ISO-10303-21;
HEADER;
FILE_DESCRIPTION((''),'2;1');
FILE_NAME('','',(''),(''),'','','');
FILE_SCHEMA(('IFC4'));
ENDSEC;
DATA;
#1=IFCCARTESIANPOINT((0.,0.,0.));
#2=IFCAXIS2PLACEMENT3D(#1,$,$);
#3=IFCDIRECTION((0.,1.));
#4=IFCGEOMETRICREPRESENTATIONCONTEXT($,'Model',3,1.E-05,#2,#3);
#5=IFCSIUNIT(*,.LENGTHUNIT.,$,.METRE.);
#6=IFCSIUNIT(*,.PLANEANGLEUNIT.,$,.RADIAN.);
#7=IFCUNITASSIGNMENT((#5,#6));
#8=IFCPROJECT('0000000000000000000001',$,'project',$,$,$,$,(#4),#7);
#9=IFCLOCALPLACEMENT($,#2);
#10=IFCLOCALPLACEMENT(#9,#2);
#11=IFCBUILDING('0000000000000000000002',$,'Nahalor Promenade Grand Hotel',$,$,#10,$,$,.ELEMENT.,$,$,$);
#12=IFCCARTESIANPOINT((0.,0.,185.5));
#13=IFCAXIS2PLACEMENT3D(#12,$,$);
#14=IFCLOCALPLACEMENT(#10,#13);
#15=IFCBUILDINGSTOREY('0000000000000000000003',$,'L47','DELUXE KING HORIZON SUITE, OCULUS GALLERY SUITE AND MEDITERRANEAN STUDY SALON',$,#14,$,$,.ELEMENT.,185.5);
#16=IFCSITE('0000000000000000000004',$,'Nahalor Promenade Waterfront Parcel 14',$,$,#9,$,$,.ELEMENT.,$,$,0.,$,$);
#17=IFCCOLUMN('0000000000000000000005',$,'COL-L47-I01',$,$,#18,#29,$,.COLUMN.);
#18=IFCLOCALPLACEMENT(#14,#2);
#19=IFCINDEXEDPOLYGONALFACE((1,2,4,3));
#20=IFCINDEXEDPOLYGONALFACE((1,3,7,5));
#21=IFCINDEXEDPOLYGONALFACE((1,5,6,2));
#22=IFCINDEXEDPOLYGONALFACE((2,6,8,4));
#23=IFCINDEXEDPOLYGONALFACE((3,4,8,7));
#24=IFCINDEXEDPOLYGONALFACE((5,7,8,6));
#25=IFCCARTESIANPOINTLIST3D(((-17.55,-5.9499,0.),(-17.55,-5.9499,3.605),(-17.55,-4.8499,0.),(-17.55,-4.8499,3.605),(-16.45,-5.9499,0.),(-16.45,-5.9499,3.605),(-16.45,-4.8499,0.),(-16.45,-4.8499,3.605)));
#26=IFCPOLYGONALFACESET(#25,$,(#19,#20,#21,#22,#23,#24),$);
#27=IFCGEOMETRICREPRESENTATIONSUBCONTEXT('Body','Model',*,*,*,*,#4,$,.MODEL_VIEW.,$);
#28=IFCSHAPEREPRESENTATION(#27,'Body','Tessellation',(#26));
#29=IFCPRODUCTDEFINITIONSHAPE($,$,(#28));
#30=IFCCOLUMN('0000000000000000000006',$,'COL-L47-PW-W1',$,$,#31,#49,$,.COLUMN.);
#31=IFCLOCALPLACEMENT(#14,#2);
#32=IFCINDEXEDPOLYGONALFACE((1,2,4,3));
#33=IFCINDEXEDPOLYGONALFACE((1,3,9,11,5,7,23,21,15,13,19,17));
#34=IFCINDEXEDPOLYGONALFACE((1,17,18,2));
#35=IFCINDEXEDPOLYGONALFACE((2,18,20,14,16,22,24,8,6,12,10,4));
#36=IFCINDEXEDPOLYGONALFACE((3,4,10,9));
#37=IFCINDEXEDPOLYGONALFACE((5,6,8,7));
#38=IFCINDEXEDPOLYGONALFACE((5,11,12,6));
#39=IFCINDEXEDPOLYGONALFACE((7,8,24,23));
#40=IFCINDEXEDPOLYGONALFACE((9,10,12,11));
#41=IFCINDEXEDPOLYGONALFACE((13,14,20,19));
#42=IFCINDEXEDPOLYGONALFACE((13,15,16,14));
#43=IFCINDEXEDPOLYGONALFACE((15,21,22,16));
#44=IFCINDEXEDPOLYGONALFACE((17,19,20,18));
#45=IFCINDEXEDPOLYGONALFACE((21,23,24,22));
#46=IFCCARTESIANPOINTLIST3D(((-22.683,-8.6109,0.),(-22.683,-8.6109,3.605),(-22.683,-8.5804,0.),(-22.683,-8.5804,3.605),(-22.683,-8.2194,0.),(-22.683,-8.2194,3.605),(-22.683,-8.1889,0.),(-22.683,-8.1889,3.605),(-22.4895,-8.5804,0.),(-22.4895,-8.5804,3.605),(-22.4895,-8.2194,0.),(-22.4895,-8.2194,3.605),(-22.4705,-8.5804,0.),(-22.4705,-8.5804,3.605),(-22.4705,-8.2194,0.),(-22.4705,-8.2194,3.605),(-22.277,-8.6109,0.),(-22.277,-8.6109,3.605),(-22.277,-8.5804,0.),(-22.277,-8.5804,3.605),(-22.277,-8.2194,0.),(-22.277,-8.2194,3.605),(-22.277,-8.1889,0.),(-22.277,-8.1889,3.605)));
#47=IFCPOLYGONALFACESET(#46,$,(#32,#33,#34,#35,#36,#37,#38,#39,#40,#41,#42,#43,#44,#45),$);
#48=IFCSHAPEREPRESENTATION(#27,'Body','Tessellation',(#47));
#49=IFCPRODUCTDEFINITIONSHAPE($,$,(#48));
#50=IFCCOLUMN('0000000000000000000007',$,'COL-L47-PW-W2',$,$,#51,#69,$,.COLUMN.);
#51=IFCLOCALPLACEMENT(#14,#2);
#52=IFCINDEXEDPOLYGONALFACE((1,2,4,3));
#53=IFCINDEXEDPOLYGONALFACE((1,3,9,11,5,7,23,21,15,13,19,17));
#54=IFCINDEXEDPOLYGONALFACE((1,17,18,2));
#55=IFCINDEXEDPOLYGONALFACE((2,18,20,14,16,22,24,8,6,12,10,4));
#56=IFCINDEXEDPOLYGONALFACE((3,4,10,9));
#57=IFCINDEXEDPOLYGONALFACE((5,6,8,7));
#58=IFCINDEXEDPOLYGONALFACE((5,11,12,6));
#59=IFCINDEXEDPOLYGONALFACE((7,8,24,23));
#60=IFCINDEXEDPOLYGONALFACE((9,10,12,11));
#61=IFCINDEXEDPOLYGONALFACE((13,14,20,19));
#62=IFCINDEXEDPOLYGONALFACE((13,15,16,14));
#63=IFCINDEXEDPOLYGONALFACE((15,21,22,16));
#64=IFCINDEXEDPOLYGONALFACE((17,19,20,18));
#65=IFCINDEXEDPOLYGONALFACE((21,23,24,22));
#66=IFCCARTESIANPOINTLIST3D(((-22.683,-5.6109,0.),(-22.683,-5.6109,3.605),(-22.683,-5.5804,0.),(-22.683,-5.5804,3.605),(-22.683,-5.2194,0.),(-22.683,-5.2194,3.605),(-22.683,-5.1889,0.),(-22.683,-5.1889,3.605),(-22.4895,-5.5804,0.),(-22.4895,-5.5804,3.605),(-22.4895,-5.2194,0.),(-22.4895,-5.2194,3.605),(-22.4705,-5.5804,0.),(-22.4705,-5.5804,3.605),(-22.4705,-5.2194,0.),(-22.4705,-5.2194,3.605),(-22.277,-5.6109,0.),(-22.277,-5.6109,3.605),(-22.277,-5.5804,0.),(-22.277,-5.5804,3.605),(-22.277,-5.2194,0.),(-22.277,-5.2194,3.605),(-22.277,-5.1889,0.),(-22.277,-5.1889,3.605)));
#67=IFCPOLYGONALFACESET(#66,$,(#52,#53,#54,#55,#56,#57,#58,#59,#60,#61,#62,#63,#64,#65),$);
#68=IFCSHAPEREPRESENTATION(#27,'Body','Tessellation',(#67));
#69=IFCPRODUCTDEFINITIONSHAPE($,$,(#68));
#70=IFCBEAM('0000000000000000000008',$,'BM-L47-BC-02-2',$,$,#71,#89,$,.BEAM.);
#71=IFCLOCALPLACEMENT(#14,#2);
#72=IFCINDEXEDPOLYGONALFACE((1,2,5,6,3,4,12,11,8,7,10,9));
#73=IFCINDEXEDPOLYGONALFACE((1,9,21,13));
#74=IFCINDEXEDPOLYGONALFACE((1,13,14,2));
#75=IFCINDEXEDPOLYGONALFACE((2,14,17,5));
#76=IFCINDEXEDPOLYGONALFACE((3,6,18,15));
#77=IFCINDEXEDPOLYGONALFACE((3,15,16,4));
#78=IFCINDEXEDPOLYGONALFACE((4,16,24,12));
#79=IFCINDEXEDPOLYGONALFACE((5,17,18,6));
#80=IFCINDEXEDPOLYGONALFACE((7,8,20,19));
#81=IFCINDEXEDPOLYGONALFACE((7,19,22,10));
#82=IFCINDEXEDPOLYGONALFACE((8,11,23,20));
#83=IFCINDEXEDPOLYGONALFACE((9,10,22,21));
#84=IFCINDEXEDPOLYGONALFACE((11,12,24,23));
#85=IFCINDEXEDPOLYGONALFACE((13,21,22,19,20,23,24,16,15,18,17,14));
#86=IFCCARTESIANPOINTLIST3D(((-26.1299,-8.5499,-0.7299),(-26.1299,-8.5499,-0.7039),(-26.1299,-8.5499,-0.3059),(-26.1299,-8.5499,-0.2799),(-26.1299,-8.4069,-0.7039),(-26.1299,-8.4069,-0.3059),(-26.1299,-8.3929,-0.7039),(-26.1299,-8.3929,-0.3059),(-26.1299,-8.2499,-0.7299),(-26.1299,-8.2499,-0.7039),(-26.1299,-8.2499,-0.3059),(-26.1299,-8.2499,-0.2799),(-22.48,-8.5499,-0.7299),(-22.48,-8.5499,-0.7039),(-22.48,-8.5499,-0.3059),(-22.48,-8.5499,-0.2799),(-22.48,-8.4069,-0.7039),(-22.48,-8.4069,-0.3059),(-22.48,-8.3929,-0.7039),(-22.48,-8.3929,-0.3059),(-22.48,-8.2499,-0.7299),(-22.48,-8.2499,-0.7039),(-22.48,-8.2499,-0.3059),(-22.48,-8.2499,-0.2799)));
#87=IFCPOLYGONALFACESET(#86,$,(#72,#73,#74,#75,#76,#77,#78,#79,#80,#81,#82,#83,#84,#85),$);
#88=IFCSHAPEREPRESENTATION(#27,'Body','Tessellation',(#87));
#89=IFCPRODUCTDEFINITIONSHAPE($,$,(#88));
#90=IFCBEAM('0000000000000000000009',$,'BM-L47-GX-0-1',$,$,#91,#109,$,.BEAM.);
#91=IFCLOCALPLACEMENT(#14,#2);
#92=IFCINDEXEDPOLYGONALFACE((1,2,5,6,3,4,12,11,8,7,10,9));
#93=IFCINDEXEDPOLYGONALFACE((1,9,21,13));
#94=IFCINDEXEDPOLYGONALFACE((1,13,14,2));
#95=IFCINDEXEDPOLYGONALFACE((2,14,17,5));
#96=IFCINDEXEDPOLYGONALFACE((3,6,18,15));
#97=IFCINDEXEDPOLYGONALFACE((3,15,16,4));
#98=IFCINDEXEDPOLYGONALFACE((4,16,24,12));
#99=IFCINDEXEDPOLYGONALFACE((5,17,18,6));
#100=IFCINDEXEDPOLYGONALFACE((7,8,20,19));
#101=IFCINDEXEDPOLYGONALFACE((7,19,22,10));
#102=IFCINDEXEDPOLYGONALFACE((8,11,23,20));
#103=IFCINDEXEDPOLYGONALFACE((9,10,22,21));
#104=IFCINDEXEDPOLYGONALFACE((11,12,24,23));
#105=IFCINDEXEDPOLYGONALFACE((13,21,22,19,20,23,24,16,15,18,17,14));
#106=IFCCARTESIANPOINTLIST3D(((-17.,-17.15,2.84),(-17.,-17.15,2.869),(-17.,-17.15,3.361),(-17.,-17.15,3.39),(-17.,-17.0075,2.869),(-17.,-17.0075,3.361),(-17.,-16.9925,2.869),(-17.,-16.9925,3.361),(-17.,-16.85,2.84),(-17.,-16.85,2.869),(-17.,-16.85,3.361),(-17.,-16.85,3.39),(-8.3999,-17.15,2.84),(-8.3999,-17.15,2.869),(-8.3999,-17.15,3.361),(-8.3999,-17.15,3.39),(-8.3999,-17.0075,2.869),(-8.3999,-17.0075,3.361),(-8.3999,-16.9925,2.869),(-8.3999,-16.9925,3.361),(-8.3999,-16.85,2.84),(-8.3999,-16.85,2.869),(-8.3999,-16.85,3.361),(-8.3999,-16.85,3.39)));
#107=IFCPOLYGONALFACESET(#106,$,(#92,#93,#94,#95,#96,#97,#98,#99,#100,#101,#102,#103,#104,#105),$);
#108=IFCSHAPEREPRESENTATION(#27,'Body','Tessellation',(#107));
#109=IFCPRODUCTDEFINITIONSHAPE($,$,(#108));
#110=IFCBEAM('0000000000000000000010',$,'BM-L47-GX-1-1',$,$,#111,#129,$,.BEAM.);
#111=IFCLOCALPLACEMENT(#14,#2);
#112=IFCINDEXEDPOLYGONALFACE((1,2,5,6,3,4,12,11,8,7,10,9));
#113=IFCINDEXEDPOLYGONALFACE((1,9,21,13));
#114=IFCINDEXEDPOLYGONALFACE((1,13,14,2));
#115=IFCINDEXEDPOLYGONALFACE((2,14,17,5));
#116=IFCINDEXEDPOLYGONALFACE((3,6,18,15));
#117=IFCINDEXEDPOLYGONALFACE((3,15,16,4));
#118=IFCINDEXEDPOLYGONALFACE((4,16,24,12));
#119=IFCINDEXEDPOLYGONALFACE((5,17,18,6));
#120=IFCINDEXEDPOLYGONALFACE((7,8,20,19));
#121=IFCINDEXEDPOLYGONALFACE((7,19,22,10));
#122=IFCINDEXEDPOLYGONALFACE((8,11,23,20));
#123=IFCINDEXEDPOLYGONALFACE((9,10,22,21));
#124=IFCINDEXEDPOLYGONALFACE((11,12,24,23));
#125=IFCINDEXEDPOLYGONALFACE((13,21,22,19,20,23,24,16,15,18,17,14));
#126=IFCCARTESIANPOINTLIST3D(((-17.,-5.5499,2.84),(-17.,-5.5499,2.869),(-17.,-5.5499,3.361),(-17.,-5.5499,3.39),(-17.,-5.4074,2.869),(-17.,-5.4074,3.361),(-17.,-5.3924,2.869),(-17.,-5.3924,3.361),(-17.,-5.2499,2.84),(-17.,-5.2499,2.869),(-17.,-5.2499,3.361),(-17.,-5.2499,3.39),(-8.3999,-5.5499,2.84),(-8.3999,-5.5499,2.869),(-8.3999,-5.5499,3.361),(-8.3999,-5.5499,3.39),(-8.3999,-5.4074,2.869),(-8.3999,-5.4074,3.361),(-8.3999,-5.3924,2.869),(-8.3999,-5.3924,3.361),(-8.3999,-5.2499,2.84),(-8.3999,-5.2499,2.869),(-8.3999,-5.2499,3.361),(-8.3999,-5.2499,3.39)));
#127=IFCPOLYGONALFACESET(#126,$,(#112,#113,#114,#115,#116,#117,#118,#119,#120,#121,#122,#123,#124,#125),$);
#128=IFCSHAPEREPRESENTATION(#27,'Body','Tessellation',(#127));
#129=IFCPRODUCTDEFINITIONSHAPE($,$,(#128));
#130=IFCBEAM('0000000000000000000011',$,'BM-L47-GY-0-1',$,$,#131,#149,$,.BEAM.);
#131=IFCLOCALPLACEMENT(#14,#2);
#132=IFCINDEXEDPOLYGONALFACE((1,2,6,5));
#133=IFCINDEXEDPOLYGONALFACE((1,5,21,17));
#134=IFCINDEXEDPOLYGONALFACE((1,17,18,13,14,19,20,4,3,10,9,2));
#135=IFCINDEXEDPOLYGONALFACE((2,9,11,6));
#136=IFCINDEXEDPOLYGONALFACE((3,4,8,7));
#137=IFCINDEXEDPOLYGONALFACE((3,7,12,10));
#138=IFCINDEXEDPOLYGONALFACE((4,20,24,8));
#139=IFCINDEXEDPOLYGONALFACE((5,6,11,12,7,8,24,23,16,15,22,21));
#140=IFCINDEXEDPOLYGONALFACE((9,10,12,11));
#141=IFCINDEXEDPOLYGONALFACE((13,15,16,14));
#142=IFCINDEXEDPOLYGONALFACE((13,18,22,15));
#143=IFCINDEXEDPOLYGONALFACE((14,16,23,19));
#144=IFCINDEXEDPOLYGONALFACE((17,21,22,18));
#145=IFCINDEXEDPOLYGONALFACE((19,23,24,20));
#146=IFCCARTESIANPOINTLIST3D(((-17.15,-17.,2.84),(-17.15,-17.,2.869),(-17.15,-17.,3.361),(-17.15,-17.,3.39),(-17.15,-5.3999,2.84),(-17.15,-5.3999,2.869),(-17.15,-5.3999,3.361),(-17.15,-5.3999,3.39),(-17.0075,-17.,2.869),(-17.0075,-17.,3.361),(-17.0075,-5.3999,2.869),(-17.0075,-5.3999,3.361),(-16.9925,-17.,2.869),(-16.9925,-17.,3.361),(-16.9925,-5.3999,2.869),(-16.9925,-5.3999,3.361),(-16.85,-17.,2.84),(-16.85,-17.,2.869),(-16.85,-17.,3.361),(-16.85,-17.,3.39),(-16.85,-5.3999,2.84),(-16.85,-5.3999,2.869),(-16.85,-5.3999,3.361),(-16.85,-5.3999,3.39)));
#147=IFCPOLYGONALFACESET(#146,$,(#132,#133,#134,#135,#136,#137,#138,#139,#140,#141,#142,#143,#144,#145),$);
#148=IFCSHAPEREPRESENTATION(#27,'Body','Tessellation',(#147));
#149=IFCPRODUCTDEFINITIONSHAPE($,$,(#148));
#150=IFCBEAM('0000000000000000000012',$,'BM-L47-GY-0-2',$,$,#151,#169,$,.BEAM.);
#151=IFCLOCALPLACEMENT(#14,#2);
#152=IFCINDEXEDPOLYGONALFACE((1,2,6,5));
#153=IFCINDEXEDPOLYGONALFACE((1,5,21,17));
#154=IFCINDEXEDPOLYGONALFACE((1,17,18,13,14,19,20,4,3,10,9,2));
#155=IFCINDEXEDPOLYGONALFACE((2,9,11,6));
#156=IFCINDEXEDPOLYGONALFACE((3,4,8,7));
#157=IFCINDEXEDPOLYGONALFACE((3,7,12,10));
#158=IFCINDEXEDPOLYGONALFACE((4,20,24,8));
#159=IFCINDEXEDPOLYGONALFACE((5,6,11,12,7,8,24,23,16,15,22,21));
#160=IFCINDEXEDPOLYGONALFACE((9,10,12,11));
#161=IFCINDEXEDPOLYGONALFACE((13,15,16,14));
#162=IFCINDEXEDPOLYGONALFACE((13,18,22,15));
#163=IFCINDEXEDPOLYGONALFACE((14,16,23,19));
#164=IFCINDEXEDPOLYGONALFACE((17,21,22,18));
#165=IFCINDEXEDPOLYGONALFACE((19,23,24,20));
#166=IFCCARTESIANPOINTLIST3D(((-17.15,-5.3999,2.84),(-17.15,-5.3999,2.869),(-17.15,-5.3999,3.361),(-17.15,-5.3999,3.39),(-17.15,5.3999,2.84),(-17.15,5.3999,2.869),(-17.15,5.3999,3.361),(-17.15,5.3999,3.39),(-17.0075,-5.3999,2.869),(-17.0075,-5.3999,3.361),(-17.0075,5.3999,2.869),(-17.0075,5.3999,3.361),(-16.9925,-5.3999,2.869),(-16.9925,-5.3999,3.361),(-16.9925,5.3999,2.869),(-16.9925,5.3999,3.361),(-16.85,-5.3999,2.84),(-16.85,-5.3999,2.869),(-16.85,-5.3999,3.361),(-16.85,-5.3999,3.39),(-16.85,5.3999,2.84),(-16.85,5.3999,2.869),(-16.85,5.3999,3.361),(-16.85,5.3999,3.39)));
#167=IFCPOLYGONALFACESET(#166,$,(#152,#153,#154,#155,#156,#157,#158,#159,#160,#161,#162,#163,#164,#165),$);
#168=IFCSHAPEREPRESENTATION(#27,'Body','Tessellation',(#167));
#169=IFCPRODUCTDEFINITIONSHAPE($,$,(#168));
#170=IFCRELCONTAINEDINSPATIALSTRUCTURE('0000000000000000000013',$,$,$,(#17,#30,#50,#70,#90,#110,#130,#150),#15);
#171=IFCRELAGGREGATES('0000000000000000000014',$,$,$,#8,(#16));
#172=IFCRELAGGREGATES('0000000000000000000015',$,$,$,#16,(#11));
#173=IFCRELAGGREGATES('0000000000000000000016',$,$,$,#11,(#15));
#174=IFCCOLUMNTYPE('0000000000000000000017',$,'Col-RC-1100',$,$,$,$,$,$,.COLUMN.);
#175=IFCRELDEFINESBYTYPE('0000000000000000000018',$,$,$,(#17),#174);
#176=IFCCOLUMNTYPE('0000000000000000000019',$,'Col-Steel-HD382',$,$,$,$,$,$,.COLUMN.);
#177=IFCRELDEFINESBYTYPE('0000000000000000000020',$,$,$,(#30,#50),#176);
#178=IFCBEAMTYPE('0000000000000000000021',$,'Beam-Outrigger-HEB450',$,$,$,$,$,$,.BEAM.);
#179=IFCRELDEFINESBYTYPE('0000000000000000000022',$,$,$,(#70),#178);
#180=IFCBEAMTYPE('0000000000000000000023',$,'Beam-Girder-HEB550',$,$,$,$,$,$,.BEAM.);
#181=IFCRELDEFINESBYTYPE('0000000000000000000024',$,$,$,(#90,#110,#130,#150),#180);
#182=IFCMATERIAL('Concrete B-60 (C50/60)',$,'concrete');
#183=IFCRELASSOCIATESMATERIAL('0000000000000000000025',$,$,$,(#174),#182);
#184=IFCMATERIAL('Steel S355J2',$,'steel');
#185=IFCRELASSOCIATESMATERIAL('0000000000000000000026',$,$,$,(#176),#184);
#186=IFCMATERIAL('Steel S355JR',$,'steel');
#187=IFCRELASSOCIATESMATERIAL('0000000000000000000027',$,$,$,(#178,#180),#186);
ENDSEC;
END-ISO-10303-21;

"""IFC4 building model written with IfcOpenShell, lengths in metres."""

from ifc_helpers import new_model, si_unit, direction, frame, origin, origin_2d, place, context, subcontext, project, spatial, rectangle, i_section, extrude, source, transform, mapped, material, material_profile, profile_set, type_object, element, save


model = new_model("IFC4")

# Units and contexts
model_context = context("Model", 3, precision=1e-05, world=origin(), true_north=direction((0.0, 1.0)))
body_context = subcontext(model_context, "Body", "Model", "MODEL_VIEW")
ifc_project = project(units=[si_unit("LENGTHUNIT", "METRE"), si_unit("PLANEANGLEUNIT", "RADIAN")], contexts=[model_context])

# Site, building, storey
site_placement = place(None, origin())
site = spatial("IfcSite", under=ifc_project, at=site_placement, Name="Nahalor Promenade Waterfront Parcel 14", CompositionType="ELEMENT", RefElevation=0.0)
building_placement = place(site_placement, origin())
building = spatial("IfcBuilding", under=site, at=building_placement, Name="Nahalor Promenade Grand Hotel", CompositionType="ELEMENT")
storey_placement = place(building_placement, frame((0.0, 0.0, 185.5)))
storey = spatial("IfcBuildingStorey", under=building, at=storey_placement, Name="L47", Description="DELUXE KING HORIZON SUITE, OCULUS GALLERY SUITE AND MEDITERRANEAN STUDY SALON", CompositionType="ELEMENT", Elevation=185.5)

# Columns
ifc_material_1 = material(Name="Concrete B-60 (C50/60)", Category="concrete")
ifc_material_profile_1 = material_profile(ifc_material_1, rectangle(XDim=1.1, YDim=1.1, at=origin_2d()), Name="RC 1100x1100")
ifc_profile_set_1 = profile_set([ifc_material_profile_1], Name="Concrete B-60 (C50/60)")
column_type_1 = type_object("IfcColumnType", Name="Col-RC-1100", PredefinedType="COLUMN", material=ifc_profile_set_1)
shared_shape_1 = source(origin(), body_context, "Body", "SweptSolid", [
    extrude(rectangle(XDim=1.1, YDim=1.1, at=origin_2d()), origin(), (0.0, 0.0, 1.0), 3.605),
])
column_placement = place(storey_placement, frame((-17.0, -5.3999, 0.0), z_axis=(0.0, 0.0, 1.0), x_axis=(1.0, 0.0, 0.0)))
element("IfcColumn", 1, at=column_placement, inside=storey, type_object=column_type_1, Name="COL-L47-I01", PredefinedType="COLUMN", context=body_context, shape_type="MappedRepresentation", body=[
    mapped(shared_shape_1, transform((0.0, 0.0, 0.0), scale=1.0)),
])
ifc_material_2 = material(Name="Steel S355J2", Category="steel")
ifc_material_profile_2 = material_profile(ifc_material_2, i_section(OverallWidth=0.406, OverallDepth=0.422, WebThickness=0.019, FlangeThickness=0.0305, at=origin_2d()), Name="HD 400x382")
ifc_profile_set_2 = profile_set([ifc_material_profile_2], Name="Steel S355J2")
column_type_2 = type_object("IfcColumnType", Name="Col-Steel-HD382", PredefinedType="COLUMN", material=ifc_profile_set_2)
shared_shape_2 = source(origin(), body_context, "Body", "SweptSolid", [
    extrude(i_section(OverallWidth=0.406, OverallDepth=0.422, WebThickness=0.019, FlangeThickness=0.0305, at=origin_2d()), origin(), (0.0, 0.0, 1.0), 3.605),
])
for number, where, z_axis, x_axis, name in (
    (2, (-22.48, -8.3999, 0.0), (0.0, 0.0, 1.0), (1.0, 0.0, 0.0), "COL-L47-PW-W1"),
    (3, (-22.48, -5.3999, 0.0), (0.0, 0.0, 1.0), (1.0, 0.0, 0.0), "COL-L47-PW-W2"),
):
    element("IfcColumn", number, at=place(storey_placement, frame(where, z_axis=z_axis, x_axis=x_axis)), inside=storey, type_object=column_type_2, Name=name, PredefinedType="COLUMN", context=body_context, shape_type="MappedRepresentation", body=[
        mapped(shared_shape_2, transform((0.0, 0.0, 0.0), scale=1.0)),
    ])

# Beams
ifc_material_3 = material(Name="Steel S355JR", Category="steel")
ifc_material_profile_3 = material_profile(ifc_material_3, i_section(OverallWidth=0.3, OverallDepth=0.45, WebThickness=0.014, FlangeThickness=0.026, at=origin_2d()), Name="HEB 450")
ifc_profile_set_3 = profile_set([ifc_material_profile_3], Name="Steel S355JR")
beam_type_1 = type_object("IfcBeamType", Name="Beam-Outrigger-HEB450", PredefinedType="BEAM", material=ifc_profile_set_3)
shared_shape_3 = source(origin(), body_context, "Body", "SweptSolid", [
    extrude(i_section(OverallWidth=0.3, OverallDepth=0.45, WebThickness=0.014, FlangeThickness=0.026, at=origin_2d()), origin(), (0.0, 0.0, 1.0), 3.6499),
])
beam_1_placement = place(storey_placement, frame((-26.1299, -8.3999, -0.5049), z_axis=(1.0, 0.0, 0.0), x_axis=(0.0, 1.0, 0.0)))
element("IfcBeam", 4, at=beam_1_placement, inside=storey, type_object=beam_type_1, Name="BM-L47-BC-02-2", PredefinedType="BEAM", context=body_context, shape_type="MappedRepresentation", body=[
    mapped(shared_shape_3, transform((0.0, 0.0, 0.0), scale=1.0)),
])
ifc_material_profile_4 = material_profile(ifc_material_3, i_section(OverallWidth=0.3, OverallDepth=0.55, WebThickness=0.015, FlangeThickness=0.029, at=origin_2d()), Name="HEB 550")
ifc_profile_set_4 = profile_set([ifc_material_profile_4], Name="Steel S355JR")
beam_type_2 = type_object("IfcBeamType", Name="Beam-Girder-HEB550", PredefinedType="BEAM", material=ifc_profile_set_4)
shared_shape_4 = source(origin(), body_context, "Body", "SweptSolid", [
    extrude(i_section(OverallWidth=0.3, OverallDepth=0.55, WebThickness=0.015, FlangeThickness=0.029, at=origin_2d()), origin(), (0.0, 0.0, 1.0), 8.6001),
])
for number, where, z_axis, x_axis, name in (
    (5, (-17.0, -17.0, 3.115), (1.0, 0.0, 0.0), (0.0, 1.0, 0.0), "BM-L47-GX-0-1"),
    (6, (-17.0, -5.3999, 3.115), (1.0, 0.0, 0.0), (0.0, 1.0, 0.0), "BM-L47-GX-1-1"),
):
    element("IfcBeam", number, at=place(storey_placement, frame(where, z_axis=z_axis, x_axis=x_axis)), inside=storey, type_object=beam_type_2, Name=name, PredefinedType="BEAM", context=body_context, shape_type="MappedRepresentation", body=[
        mapped(shared_shape_4, transform((0.0, 0.0, 0.0), scale=1.0)),
    ])
shared_shape_5 = source(origin(), body_context, "Body", "SweptSolid", [
    extrude(i_section(OverallWidth=0.3, OverallDepth=0.55, WebThickness=0.015, FlangeThickness=0.029, at=origin_2d()), origin(), (0.0, 0.0, 1.0), 11.6001),
])
beam_2_placement = place(storey_placement, frame((-17.0, -17.0, 3.115), z_axis=(0.0, 1.0, 0.0), x_axis=(-1.0, 0.0, 0.0)))
element("IfcBeam", 7, at=beam_2_placement, inside=storey, type_object=beam_type_2, Name="BM-L47-GY-0-1", PredefinedType="BEAM", context=body_context, shape_type="MappedRepresentation", body=[
    mapped(shared_shape_5, transform((0.0, 0.0, 0.0), scale=1.0)),
])
shared_shape_6 = source(origin(), body_context, "Body", "SweptSolid", [
    extrude(i_section(OverallWidth=0.3, OverallDepth=0.55, WebThickness=0.015, FlangeThickness=0.029, at=origin_2d()), origin(), (0.0, 0.0, 1.0), 10.7998),
])
beam_3_placement = place(storey_placement, frame((-17.0, -5.3999, 3.115), z_axis=(0.0, 1.0, 0.0), x_axis=(-1.0, 0.0, 0.0)))
element("IfcBeam", 8, at=beam_3_placement, inside=storey, type_object=beam_type_2, Name="BM-L47-GY-0-2", PredefinedType="BEAM", context=body_context, shape_type="MappedRepresentation", body=[
    mapped(shared_shape_6, transform((0.0, 0.0, 0.0), scale=1.0)),
])

save(model, "model.ifc")
